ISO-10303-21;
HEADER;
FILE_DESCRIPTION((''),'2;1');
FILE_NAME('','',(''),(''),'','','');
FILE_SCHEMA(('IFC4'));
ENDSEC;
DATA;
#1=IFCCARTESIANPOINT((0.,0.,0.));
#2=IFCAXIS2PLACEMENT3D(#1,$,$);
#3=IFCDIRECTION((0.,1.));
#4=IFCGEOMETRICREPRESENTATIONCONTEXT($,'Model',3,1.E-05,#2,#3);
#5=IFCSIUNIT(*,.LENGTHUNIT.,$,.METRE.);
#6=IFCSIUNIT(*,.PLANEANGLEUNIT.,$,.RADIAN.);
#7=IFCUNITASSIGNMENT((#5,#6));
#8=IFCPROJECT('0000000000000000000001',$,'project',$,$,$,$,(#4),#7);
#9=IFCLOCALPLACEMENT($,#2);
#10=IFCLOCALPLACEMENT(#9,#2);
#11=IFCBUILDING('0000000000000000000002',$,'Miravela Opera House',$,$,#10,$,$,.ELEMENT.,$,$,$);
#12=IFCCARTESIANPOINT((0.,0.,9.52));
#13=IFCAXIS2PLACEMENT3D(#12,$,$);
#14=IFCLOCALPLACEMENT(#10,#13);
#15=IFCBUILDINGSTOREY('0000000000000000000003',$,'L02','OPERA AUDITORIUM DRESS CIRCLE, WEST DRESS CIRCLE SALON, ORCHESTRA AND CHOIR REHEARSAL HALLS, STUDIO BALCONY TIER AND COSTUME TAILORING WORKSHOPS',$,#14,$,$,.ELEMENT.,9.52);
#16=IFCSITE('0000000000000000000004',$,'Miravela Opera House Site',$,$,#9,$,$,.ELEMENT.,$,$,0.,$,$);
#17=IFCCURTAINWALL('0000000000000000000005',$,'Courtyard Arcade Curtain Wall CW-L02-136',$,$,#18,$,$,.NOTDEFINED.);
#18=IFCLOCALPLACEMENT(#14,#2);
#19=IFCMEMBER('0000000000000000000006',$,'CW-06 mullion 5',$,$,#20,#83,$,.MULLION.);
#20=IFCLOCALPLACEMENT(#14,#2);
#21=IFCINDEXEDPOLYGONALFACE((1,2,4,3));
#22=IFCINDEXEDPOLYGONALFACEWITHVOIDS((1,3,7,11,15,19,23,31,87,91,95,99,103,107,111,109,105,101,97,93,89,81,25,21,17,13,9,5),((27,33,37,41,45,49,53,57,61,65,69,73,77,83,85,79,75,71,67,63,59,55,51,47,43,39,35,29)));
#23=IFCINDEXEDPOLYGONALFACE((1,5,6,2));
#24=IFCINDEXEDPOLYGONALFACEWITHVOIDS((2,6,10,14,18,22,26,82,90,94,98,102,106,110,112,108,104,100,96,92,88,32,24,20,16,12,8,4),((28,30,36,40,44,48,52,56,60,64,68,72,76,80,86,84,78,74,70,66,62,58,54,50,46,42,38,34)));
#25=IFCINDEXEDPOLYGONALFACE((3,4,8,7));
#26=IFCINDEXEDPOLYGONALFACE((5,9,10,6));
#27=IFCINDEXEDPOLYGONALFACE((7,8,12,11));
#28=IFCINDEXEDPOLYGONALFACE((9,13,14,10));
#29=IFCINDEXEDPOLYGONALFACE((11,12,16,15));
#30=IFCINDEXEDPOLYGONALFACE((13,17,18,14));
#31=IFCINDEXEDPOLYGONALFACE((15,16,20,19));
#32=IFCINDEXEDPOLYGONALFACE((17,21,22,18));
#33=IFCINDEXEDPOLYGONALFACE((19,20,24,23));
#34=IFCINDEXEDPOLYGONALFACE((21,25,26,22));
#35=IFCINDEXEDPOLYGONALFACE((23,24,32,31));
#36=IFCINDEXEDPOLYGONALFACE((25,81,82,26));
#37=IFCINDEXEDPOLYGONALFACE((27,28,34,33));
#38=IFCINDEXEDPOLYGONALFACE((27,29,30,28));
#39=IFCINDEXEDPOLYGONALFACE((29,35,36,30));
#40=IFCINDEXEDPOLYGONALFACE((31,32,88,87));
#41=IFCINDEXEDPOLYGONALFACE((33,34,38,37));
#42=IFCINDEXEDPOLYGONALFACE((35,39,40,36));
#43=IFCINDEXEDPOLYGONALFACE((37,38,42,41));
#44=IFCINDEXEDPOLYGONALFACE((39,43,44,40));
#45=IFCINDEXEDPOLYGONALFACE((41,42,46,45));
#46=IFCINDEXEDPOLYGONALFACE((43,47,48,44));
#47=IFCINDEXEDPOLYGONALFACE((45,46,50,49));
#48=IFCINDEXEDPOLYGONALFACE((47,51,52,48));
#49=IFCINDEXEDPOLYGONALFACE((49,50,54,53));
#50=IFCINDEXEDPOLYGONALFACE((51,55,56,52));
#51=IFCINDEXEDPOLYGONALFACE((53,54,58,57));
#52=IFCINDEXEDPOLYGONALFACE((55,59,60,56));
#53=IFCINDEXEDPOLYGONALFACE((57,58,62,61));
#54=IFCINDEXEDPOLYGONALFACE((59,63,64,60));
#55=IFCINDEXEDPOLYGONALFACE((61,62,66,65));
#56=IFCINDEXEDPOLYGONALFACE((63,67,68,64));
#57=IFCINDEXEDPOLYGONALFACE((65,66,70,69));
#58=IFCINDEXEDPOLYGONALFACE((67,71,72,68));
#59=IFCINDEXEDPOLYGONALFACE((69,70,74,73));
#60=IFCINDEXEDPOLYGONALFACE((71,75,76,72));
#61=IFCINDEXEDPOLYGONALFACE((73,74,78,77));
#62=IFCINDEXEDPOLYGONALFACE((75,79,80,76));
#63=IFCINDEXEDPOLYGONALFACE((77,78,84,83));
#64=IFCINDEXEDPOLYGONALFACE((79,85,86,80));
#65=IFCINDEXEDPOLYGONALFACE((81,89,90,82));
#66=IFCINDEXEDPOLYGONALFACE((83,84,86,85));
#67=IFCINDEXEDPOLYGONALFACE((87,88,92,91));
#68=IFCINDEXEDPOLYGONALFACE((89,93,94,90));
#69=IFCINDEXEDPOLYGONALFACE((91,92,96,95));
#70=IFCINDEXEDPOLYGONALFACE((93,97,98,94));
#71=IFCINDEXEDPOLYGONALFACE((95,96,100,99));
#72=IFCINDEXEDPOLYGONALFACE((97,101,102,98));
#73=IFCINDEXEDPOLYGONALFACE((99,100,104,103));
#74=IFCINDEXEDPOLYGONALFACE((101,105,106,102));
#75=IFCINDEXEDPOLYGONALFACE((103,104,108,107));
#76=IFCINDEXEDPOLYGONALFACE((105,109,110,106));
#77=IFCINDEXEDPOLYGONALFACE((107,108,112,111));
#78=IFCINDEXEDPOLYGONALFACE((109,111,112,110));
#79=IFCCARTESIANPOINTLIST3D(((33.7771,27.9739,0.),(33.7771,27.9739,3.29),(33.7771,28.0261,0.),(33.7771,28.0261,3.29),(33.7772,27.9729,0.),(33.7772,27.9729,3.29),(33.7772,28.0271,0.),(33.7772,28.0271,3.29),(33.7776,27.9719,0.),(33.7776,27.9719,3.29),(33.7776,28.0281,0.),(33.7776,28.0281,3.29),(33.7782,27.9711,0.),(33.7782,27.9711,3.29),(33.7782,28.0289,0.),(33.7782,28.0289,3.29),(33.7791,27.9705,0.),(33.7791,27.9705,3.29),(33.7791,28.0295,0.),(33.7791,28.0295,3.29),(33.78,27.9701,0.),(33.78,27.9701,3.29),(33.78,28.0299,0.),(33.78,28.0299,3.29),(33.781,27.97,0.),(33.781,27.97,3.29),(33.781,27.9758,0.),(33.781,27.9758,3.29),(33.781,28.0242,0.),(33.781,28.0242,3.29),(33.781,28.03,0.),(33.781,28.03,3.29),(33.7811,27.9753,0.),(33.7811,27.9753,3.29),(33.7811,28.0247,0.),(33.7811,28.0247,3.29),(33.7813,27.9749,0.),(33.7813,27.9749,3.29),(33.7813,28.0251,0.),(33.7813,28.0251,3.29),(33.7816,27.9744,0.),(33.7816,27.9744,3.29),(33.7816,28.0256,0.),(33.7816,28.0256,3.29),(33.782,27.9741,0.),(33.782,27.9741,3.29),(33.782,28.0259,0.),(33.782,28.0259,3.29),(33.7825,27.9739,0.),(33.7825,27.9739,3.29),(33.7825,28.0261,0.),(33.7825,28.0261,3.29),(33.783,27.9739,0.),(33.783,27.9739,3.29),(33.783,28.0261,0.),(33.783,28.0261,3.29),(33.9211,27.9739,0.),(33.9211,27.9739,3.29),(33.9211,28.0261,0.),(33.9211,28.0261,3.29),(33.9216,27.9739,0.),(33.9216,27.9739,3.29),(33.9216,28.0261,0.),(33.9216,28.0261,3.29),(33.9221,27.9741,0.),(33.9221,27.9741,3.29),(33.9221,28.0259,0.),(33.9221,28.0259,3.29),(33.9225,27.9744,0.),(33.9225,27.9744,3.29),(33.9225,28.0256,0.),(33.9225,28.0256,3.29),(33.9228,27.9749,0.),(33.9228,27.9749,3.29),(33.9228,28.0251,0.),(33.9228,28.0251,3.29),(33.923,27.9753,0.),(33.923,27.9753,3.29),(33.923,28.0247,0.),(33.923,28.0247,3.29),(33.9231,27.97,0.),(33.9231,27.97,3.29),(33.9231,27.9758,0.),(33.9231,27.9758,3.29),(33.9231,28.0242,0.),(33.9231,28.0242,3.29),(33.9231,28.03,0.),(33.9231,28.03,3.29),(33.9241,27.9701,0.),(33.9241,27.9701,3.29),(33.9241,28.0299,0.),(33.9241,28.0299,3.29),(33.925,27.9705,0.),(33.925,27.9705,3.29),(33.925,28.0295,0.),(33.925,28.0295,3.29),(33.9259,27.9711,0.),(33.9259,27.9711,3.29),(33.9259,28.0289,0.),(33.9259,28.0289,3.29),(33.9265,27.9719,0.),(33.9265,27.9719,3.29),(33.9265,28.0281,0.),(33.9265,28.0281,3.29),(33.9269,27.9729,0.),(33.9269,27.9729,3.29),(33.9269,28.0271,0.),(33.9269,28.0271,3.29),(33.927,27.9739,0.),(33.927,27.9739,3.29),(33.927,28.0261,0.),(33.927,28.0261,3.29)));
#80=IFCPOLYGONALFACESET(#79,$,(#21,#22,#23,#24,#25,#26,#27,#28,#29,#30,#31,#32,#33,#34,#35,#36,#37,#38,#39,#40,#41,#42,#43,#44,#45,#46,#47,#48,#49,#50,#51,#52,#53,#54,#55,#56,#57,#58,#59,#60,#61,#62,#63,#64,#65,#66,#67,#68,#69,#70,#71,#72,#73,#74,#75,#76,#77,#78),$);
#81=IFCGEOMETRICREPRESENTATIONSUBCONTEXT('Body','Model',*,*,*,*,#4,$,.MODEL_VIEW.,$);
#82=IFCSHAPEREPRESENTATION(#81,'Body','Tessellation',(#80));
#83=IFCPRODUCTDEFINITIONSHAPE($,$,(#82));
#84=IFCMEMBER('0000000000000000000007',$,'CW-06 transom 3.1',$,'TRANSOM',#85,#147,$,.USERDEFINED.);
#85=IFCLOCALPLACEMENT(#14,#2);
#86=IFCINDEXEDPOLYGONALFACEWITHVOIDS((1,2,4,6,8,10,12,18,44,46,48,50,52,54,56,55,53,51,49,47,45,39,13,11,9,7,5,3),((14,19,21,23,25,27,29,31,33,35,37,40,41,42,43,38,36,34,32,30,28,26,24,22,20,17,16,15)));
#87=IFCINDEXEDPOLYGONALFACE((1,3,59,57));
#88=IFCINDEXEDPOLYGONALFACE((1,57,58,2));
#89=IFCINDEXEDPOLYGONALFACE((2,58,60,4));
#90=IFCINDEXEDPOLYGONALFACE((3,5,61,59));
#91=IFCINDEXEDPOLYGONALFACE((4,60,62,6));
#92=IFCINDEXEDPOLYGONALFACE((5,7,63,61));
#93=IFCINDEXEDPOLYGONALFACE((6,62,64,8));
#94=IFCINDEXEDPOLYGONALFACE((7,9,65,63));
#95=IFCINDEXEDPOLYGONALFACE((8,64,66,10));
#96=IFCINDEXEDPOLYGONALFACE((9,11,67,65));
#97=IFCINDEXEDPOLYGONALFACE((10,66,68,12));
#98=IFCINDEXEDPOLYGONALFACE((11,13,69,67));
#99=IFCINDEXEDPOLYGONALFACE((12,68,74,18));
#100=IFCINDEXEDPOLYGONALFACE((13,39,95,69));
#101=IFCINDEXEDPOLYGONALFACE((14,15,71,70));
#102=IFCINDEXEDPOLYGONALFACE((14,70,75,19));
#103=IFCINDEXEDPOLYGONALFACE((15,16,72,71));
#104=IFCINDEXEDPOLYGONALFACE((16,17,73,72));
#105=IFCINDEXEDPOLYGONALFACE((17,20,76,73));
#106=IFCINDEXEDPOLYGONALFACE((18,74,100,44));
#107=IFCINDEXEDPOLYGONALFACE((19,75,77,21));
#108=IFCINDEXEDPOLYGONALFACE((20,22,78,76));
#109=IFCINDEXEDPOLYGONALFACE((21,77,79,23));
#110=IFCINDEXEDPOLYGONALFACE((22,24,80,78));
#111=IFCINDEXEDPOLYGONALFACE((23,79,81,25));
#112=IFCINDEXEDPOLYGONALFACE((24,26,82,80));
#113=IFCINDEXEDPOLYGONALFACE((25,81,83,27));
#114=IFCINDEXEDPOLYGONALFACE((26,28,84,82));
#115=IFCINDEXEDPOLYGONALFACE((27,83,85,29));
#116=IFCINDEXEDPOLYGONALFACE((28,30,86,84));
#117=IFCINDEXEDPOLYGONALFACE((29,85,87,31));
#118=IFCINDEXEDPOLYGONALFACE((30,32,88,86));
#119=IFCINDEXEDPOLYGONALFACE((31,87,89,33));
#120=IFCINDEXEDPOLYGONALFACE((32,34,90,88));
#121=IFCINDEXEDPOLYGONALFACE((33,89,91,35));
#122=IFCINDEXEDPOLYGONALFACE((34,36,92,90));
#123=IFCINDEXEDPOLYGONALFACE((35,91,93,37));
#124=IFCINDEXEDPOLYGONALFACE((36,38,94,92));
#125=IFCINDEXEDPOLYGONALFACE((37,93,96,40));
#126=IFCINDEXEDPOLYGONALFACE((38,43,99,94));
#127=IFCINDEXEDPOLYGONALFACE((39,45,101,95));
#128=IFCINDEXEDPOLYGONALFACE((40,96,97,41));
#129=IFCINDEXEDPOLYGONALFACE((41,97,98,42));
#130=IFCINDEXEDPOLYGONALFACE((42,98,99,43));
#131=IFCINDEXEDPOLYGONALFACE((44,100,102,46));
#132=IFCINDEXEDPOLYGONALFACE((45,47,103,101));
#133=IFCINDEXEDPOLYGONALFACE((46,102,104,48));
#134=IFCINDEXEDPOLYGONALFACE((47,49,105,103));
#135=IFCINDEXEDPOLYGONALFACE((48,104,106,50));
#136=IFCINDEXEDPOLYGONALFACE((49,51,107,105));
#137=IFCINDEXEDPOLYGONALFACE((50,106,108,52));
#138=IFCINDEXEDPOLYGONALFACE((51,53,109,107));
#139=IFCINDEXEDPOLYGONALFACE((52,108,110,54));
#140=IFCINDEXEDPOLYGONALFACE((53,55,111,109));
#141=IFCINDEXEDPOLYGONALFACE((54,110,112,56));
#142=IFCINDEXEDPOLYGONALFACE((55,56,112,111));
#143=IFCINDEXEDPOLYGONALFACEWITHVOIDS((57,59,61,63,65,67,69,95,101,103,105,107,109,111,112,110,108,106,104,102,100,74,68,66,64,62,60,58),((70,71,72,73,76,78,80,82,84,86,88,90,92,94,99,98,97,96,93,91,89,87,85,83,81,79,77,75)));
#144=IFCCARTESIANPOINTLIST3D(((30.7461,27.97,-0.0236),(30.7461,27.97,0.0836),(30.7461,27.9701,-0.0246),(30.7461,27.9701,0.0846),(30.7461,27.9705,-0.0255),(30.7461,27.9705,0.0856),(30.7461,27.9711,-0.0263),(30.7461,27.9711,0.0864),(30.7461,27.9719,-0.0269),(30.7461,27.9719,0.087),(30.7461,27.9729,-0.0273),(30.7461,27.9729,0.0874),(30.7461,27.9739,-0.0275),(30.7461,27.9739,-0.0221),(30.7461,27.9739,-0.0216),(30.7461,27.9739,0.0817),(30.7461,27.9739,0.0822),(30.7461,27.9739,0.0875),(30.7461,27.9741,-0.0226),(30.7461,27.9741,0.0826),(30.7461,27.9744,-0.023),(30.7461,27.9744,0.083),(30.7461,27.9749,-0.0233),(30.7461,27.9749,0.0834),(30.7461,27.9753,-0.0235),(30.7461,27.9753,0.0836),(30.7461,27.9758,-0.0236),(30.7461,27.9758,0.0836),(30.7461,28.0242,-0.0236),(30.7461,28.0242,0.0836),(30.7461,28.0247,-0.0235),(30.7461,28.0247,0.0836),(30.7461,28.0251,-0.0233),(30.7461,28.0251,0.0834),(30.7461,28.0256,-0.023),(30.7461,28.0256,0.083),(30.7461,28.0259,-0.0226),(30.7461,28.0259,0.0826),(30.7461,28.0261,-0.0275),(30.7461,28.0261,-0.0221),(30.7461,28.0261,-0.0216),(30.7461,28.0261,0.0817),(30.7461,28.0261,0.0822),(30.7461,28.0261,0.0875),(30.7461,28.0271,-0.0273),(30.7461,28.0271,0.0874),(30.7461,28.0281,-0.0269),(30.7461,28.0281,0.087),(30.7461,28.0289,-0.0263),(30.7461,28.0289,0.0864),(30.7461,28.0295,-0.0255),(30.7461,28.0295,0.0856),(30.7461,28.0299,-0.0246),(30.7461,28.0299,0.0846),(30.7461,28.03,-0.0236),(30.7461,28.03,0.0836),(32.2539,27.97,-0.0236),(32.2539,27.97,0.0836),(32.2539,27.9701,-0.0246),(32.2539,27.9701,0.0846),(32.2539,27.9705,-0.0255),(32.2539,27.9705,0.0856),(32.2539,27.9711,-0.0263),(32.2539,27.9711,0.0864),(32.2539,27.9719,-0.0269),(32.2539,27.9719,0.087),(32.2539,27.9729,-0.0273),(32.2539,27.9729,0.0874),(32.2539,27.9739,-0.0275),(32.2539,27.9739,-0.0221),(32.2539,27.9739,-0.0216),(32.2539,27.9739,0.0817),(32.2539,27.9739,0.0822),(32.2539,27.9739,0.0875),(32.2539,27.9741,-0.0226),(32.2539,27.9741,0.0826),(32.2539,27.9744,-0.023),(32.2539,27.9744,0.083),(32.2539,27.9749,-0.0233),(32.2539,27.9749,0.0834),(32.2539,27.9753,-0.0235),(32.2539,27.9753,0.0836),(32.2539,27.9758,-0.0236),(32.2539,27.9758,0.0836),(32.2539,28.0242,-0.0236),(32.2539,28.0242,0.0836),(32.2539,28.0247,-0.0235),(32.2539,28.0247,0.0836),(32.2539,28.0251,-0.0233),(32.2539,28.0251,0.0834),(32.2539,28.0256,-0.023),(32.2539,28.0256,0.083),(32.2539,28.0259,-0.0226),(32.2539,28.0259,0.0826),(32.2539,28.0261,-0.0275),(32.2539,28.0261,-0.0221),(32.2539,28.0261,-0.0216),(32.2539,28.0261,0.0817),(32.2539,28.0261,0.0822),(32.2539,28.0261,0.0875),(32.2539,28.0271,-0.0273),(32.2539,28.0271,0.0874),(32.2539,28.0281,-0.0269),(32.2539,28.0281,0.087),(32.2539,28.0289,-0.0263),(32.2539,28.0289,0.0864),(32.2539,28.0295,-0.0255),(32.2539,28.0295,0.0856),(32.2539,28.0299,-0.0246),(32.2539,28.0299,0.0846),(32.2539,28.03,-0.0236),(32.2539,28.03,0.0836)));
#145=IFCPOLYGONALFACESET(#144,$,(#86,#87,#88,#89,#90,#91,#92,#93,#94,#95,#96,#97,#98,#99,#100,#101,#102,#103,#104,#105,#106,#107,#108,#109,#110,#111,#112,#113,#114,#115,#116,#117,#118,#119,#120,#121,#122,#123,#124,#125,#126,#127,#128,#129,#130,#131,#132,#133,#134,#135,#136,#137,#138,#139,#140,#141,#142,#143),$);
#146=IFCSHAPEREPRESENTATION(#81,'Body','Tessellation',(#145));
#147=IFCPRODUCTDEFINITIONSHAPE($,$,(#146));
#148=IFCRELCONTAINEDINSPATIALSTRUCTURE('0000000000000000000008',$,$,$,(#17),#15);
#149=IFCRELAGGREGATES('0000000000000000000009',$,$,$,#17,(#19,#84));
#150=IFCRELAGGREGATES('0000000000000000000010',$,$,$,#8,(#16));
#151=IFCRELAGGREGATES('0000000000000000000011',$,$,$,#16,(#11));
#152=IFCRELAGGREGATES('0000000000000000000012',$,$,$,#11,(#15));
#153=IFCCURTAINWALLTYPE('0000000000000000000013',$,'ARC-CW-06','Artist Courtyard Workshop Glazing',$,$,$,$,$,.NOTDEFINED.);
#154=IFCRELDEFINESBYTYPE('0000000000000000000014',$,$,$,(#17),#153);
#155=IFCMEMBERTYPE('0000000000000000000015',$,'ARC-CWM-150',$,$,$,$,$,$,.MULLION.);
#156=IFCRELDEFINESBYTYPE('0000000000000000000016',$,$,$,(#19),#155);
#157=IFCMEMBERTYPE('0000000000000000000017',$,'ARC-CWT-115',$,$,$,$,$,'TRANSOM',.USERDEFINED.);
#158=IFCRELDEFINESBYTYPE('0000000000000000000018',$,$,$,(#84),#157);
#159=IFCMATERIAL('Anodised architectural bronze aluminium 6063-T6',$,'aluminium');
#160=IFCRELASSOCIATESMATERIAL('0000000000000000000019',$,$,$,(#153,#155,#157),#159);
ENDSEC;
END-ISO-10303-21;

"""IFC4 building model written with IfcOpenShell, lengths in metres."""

from ifc_helpers import new_model, si_unit, direction, frame, origin, origin_2d, place, context, subcontext, project, spatial, hollow_rectangle, extrude, material, material_profile, profile_set, type_object, element, aggregate, save


model = new_model("IFC4")

# Units and contexts
model_context = context("Model", 3, precision=1e-05, world=origin(), true_north=direction((0.0, 1.0)))
body_context = subcontext(model_context, "Body", "Model", "MODEL_VIEW")
ifc_project = project(units=[si_unit("LENGTHUNIT", "METRE"), si_unit("PLANEANGLEUNIT", "RADIAN")], contexts=[model_context])

# Site, building, storey
site_placement = place(None, origin())
site = spatial("IfcSite", under=ifc_project, at=site_placement, Name="Miravela Opera House Site", CompositionType="ELEMENT", RefElevation=0.0)
building_placement = place(site_placement, origin())
building = spatial("IfcBuilding", under=site, at=building_placement, Name="Miravela Opera House", CompositionType="ELEMENT")
storey_placement = place(building_placement, frame((0.0, 0.0, 9.52)))
storey = spatial("IfcBuildingStorey", under=building, at=storey_placement, Name="L02", Description="OPERA AUDITORIUM DRESS CIRCLE, WEST DRESS CIRCLE SALON, ORCHESTRA AND CHOIR REHEARSAL HALLS, STUDIO BALCONY TIER AND COSTUME TAILORING WORKSHOPS", CompositionType="ELEMENT", Elevation=9.52)

# Curtain wall, members
ifc_material_1 = material(Name="Anodised architectural bronze aluminium 6063-T6", Category="aluminium")
curtain_wall_type = type_object("IfcCurtainWallType", Name="ARC-CW-06", Description="Artist Courtyard Workshop Glazing", PredefinedType="NOTDEFINED", material=ifc_material_1)
curtain_wall_placement = place(storey_placement, origin())
curtain_wall = element("IfcCurtainWall", 1, at=curtain_wall_placement, inside=storey, type_object=curtain_wall_type, Name="Courtyard Arcade Curtain Wall CW-L02-136", PredefinedType="NOTDEFINED")
ifc_material_profile_1 = material_profile(ifc_material_1, hollow_rectangle(XDim=0.0601, YDim=0.1499, WallThickness=0.0039, InnerFilletRadius=0.002, OuterFilletRadius=0.0039, at=origin_2d()), Name="CWM-60X150")
ifc_profile_set_1 = profile_set([ifc_material_profile_1])
member_type_1 = type_object("IfcMemberType", Name="ARC-CWM-150", PredefinedType="MULLION", material=ifc_profile_set_1)
member_1_placement = place(storey_placement, frame((33.8521, 28.0, 0.0), z_axis=(0.0, 0.0, 1.0), x_axis=(0.0, 1.0, 0.0)))
member_1 = element("IfcMember", 2, at=member_1_placement, type_object=member_type_1, Name="CW-06 mullion 5", PredefinedType="MULLION", context=body_context, shape_type="SweptSolid", body=[
    extrude(hollow_rectangle(XDim=0.0601, YDim=0.1499, WallThickness=0.0039, InnerFilletRadius=0.002, OuterFilletRadius=0.0039, at=origin_2d()), origin(), (0.0, 0.0, 1.0), 3.29),
])
ifc_material_profile_2 = material_profile(ifc_material_1, hollow_rectangle(XDim=0.0601, YDim=0.115, WallThickness=0.0039, InnerFilletRadius=0.002, OuterFilletRadius=0.0039, at=origin_2d()), Name="CWT-60X115")
ifc_profile_set_2 = profile_set([ifc_material_profile_2])
member_type_2 = type_object("IfcMemberType", Name="ARC-CWT-115", ElementType="TRANSOM", PredefinedType="USERDEFINED", material=ifc_profile_set_2)
member_2_placement = place(storey_placement, frame((30.7461, 28.0, 0.03), z_axis=(1.0, 0.0, 0.0), x_axis=(0.0, 1.0, 0.0)))
member_2 = element("IfcMember", 3, at=member_2_placement, type_object=member_type_2, Name="CW-06 transom 3.1", ObjectType="TRANSOM", PredefinedType="USERDEFINED", context=body_context, shape_type="SweptSolid", body=[
    extrude(hollow_rectangle(XDim=0.0601, YDim=0.115, WallThickness=0.0039, InnerFilletRadius=0.002, OuterFilletRadius=0.0039, at=origin_2d()), origin(), (0.0, 0.0, 1.0), 1.5078),
])
aggregate(curtain_wall, [member_1, member_2])

save(model, "model.ifc")
